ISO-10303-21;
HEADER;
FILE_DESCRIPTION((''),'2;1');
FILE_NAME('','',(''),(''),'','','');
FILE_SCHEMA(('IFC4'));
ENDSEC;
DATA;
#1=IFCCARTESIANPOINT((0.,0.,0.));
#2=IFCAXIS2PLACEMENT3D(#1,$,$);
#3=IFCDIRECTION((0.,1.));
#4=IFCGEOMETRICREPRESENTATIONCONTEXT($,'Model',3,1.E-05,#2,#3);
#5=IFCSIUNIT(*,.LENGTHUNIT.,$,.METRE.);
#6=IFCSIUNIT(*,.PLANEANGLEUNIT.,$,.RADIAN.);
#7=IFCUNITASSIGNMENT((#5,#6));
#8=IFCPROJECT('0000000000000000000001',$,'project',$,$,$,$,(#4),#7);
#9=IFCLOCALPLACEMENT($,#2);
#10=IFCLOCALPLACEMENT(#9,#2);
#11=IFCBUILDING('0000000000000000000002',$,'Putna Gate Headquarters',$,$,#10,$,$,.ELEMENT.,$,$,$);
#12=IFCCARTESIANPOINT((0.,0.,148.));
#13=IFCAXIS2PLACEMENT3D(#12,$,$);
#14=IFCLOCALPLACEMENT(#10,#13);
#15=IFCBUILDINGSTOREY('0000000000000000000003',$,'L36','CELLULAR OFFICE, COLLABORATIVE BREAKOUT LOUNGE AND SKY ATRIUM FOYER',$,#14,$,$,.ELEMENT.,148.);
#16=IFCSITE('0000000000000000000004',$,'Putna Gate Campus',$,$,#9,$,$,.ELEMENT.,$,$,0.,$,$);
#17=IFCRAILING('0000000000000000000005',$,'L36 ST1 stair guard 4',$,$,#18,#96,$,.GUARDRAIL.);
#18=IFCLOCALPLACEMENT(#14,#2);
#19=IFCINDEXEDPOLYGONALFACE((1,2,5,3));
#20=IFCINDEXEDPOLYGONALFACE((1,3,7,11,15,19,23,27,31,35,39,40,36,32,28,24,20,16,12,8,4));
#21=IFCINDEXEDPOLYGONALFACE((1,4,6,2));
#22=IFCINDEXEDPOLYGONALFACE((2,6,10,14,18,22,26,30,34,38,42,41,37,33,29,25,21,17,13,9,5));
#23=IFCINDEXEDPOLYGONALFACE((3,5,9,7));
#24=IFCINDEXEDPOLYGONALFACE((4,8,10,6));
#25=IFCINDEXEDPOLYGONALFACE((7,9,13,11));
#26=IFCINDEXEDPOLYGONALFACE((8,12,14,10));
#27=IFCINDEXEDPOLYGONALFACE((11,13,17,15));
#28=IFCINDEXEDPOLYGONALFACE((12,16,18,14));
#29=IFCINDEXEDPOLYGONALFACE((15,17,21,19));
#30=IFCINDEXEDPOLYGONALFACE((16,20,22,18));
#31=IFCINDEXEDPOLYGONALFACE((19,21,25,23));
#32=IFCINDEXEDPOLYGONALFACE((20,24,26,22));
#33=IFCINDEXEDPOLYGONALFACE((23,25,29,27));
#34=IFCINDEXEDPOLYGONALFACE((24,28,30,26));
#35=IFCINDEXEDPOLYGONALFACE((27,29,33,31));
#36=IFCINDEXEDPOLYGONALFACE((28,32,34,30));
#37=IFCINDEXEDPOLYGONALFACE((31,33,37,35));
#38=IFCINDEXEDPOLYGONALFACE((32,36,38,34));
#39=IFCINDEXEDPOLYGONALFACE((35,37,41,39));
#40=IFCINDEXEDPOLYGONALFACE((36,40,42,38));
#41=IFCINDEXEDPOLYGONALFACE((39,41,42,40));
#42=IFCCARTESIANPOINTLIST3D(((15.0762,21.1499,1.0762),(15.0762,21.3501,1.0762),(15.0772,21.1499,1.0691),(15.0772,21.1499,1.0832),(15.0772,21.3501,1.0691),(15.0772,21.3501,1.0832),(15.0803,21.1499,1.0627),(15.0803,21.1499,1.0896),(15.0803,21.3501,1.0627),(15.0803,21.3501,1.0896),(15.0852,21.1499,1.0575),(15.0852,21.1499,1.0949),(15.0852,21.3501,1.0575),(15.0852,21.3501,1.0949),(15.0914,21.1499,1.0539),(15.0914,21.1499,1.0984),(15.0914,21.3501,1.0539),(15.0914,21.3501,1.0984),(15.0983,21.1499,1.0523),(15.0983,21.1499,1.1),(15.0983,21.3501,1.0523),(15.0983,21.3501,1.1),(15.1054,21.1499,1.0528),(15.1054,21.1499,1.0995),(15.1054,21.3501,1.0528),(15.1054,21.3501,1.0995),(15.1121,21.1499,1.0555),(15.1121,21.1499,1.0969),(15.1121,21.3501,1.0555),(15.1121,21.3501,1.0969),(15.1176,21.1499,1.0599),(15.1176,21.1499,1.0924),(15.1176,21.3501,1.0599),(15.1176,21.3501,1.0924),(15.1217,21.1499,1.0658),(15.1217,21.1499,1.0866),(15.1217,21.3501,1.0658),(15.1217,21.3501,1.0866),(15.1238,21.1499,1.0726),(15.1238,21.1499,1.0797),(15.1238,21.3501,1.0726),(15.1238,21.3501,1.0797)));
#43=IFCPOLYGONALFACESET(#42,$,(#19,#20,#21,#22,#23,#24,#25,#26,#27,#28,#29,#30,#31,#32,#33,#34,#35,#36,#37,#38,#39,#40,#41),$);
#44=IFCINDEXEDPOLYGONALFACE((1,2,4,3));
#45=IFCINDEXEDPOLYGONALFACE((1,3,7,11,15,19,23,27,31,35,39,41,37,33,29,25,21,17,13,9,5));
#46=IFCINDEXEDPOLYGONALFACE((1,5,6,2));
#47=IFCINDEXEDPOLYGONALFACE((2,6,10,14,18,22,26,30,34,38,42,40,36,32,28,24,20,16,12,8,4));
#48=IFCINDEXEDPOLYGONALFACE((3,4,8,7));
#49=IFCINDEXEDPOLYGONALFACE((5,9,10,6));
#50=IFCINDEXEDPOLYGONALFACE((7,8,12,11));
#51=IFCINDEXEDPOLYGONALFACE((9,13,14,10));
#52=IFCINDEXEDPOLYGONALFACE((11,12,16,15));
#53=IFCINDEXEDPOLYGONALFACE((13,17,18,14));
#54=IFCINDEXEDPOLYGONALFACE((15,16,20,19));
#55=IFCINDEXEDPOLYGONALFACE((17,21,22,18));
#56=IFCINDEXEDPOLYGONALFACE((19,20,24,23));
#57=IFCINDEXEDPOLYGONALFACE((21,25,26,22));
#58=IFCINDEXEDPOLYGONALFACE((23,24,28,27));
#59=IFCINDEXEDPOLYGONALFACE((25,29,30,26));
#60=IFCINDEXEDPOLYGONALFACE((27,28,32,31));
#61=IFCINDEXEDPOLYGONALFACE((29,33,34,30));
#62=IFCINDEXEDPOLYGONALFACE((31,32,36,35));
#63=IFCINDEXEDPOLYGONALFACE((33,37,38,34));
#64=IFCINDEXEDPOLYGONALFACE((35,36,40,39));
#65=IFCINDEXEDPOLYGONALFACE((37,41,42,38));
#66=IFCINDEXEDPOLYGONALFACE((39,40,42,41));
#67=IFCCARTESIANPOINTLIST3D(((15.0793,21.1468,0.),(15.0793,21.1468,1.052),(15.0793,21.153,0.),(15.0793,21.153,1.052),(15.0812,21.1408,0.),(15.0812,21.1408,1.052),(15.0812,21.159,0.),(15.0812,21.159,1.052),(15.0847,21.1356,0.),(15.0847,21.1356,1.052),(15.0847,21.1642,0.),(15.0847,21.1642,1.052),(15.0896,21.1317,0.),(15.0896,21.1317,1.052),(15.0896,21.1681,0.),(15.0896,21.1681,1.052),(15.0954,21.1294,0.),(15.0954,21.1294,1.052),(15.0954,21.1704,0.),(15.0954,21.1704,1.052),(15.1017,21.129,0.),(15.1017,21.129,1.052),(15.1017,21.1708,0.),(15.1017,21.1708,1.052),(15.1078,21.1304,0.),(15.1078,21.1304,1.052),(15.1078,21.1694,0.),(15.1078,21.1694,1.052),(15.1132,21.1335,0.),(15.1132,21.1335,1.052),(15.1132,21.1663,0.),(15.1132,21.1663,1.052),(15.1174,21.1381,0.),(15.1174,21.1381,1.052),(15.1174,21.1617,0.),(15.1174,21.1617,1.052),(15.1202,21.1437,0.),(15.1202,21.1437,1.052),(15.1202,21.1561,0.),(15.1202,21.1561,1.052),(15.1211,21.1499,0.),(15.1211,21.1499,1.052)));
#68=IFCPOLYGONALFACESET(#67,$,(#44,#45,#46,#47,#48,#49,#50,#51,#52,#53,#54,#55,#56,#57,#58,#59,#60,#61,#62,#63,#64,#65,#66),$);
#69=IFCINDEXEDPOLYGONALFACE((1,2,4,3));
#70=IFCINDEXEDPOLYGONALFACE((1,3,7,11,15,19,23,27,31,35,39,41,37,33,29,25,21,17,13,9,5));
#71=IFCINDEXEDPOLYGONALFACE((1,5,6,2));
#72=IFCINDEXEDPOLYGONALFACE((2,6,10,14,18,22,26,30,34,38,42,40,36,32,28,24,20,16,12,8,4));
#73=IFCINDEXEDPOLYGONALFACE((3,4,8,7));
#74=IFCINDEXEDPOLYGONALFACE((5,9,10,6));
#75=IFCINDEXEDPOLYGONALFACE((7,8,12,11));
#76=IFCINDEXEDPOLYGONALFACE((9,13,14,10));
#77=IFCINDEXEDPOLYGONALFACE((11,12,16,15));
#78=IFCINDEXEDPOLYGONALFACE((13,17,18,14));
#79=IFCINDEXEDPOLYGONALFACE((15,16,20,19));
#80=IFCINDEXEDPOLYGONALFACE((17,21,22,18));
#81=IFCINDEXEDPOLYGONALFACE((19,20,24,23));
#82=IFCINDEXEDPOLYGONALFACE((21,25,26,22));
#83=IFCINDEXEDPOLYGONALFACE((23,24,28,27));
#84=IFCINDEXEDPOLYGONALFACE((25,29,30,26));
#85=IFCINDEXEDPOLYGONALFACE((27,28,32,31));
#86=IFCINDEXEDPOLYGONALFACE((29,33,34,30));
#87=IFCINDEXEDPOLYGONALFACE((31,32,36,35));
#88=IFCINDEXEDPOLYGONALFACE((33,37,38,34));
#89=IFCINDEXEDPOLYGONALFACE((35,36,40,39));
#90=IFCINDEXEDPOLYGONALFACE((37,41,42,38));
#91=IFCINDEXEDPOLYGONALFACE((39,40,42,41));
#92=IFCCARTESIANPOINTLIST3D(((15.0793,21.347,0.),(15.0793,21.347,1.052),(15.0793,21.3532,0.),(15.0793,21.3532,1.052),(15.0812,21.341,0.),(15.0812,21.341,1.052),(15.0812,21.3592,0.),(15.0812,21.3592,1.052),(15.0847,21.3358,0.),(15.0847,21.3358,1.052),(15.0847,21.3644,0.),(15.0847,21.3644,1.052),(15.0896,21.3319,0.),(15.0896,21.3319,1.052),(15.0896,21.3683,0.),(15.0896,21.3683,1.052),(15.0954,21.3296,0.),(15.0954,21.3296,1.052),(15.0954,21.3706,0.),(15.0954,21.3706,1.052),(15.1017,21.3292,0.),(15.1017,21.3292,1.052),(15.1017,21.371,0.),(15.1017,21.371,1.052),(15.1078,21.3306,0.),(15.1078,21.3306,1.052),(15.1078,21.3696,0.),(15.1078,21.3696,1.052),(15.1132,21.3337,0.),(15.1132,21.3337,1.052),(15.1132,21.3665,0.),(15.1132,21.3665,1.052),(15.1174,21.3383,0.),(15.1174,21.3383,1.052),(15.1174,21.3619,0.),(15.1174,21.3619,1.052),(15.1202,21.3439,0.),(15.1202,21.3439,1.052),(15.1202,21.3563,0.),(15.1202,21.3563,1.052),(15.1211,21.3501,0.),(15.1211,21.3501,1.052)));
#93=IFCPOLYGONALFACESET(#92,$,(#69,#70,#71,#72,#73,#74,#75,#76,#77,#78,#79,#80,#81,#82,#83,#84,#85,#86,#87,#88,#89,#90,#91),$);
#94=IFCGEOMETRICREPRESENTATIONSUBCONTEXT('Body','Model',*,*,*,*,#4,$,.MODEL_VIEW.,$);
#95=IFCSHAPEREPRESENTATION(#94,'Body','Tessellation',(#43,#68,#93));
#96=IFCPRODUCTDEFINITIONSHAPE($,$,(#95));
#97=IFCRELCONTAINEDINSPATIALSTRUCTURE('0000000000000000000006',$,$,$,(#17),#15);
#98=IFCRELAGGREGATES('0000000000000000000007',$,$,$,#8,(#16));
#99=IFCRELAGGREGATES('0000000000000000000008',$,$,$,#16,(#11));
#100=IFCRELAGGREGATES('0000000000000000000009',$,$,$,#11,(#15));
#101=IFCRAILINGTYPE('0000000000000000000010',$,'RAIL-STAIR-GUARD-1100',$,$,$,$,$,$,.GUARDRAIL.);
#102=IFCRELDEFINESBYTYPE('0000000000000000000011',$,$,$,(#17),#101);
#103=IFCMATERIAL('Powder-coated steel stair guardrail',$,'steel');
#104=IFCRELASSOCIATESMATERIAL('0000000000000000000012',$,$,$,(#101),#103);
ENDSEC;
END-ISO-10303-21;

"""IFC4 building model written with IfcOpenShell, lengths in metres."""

from ifc_helpers import new_model, si_unit, direction, frame, origin, origin_2d, place, context, subcontext, project, spatial, circle, extrude, material, type_object, element, save


model = new_model("IFC4")

# Units and contexts
model_context = context("Model", 3, precision=1e-05, world=origin(), true_north=direction((0.0, 1.0)))
body_context = subcontext(model_context, "Body", "Model", "MODEL_VIEW")
ifc_project = project(units=[si_unit("LENGTHUNIT", "METRE"), si_unit("PLANEANGLEUNIT", "RADIAN")], contexts=[model_context])

# Site, building, storey
site_placement = place(None, origin())
site = spatial("IfcSite", under=ifc_project, at=site_placement, Name="Putna Gate Campus", CompositionType="ELEMENT", RefElevation=0.0)
building_placement = place(site_placement, origin())
building = spatial("IfcBuilding", under=site, at=building_placement, Name="Putna Gate Headquarters", CompositionType="ELEMENT")
storey_placement = place(building_placement, frame((0.0, 0.0, 148.0)))
storey = spatial("IfcBuildingStorey", under=building, at=storey_placement, Name="L36", Description="CELLULAR OFFICE, COLLABORATIVE BREAKOUT LOUNGE AND SKY ATRIUM FOYER", CompositionType="ELEMENT", Elevation=148.0)

# Railing
ifc_material_1 = material(Name="Powder-coated steel stair guardrail", Category="steel")
railing_type_1 = type_object("IfcRailingType", Name="RAIL-STAIR-GUARD-1100", PredefinedType="GUARDRAIL", material=ifc_material_1)
railing_1_placement = place(storey_placement, frame((15.1001, 21.1499, 0.0)))
element("IfcRailing", 1, at=railing_1_placement, inside=storey, type_object=railing_type_1, Name="L36 ST1 stair guard 4", PredefinedType="GUARDRAIL", context=body_context, shape_type="SweptSolid", body=[
    extrude(circle(Radius=0.0239, at=origin_2d()), frame((0.0, 0.0, 1.0762), z_axis=(0.0, 1.0, 0.0), x_axis=(-1.0, 0.0, 0.0)), (0.0, 0.0, 1.0), 0.2002),
    extrude(circle(Radius=0.021, at=origin_2d()), origin(), (0.0, 0.0, 1.0), 1.052),
    extrude(circle(Radius=0.021, at=origin_2d()), frame((0.0, 0.2002, 0.0)), (0.0, 0.0, 1.0), 1.052),
])

save(model, "model.ifc")
